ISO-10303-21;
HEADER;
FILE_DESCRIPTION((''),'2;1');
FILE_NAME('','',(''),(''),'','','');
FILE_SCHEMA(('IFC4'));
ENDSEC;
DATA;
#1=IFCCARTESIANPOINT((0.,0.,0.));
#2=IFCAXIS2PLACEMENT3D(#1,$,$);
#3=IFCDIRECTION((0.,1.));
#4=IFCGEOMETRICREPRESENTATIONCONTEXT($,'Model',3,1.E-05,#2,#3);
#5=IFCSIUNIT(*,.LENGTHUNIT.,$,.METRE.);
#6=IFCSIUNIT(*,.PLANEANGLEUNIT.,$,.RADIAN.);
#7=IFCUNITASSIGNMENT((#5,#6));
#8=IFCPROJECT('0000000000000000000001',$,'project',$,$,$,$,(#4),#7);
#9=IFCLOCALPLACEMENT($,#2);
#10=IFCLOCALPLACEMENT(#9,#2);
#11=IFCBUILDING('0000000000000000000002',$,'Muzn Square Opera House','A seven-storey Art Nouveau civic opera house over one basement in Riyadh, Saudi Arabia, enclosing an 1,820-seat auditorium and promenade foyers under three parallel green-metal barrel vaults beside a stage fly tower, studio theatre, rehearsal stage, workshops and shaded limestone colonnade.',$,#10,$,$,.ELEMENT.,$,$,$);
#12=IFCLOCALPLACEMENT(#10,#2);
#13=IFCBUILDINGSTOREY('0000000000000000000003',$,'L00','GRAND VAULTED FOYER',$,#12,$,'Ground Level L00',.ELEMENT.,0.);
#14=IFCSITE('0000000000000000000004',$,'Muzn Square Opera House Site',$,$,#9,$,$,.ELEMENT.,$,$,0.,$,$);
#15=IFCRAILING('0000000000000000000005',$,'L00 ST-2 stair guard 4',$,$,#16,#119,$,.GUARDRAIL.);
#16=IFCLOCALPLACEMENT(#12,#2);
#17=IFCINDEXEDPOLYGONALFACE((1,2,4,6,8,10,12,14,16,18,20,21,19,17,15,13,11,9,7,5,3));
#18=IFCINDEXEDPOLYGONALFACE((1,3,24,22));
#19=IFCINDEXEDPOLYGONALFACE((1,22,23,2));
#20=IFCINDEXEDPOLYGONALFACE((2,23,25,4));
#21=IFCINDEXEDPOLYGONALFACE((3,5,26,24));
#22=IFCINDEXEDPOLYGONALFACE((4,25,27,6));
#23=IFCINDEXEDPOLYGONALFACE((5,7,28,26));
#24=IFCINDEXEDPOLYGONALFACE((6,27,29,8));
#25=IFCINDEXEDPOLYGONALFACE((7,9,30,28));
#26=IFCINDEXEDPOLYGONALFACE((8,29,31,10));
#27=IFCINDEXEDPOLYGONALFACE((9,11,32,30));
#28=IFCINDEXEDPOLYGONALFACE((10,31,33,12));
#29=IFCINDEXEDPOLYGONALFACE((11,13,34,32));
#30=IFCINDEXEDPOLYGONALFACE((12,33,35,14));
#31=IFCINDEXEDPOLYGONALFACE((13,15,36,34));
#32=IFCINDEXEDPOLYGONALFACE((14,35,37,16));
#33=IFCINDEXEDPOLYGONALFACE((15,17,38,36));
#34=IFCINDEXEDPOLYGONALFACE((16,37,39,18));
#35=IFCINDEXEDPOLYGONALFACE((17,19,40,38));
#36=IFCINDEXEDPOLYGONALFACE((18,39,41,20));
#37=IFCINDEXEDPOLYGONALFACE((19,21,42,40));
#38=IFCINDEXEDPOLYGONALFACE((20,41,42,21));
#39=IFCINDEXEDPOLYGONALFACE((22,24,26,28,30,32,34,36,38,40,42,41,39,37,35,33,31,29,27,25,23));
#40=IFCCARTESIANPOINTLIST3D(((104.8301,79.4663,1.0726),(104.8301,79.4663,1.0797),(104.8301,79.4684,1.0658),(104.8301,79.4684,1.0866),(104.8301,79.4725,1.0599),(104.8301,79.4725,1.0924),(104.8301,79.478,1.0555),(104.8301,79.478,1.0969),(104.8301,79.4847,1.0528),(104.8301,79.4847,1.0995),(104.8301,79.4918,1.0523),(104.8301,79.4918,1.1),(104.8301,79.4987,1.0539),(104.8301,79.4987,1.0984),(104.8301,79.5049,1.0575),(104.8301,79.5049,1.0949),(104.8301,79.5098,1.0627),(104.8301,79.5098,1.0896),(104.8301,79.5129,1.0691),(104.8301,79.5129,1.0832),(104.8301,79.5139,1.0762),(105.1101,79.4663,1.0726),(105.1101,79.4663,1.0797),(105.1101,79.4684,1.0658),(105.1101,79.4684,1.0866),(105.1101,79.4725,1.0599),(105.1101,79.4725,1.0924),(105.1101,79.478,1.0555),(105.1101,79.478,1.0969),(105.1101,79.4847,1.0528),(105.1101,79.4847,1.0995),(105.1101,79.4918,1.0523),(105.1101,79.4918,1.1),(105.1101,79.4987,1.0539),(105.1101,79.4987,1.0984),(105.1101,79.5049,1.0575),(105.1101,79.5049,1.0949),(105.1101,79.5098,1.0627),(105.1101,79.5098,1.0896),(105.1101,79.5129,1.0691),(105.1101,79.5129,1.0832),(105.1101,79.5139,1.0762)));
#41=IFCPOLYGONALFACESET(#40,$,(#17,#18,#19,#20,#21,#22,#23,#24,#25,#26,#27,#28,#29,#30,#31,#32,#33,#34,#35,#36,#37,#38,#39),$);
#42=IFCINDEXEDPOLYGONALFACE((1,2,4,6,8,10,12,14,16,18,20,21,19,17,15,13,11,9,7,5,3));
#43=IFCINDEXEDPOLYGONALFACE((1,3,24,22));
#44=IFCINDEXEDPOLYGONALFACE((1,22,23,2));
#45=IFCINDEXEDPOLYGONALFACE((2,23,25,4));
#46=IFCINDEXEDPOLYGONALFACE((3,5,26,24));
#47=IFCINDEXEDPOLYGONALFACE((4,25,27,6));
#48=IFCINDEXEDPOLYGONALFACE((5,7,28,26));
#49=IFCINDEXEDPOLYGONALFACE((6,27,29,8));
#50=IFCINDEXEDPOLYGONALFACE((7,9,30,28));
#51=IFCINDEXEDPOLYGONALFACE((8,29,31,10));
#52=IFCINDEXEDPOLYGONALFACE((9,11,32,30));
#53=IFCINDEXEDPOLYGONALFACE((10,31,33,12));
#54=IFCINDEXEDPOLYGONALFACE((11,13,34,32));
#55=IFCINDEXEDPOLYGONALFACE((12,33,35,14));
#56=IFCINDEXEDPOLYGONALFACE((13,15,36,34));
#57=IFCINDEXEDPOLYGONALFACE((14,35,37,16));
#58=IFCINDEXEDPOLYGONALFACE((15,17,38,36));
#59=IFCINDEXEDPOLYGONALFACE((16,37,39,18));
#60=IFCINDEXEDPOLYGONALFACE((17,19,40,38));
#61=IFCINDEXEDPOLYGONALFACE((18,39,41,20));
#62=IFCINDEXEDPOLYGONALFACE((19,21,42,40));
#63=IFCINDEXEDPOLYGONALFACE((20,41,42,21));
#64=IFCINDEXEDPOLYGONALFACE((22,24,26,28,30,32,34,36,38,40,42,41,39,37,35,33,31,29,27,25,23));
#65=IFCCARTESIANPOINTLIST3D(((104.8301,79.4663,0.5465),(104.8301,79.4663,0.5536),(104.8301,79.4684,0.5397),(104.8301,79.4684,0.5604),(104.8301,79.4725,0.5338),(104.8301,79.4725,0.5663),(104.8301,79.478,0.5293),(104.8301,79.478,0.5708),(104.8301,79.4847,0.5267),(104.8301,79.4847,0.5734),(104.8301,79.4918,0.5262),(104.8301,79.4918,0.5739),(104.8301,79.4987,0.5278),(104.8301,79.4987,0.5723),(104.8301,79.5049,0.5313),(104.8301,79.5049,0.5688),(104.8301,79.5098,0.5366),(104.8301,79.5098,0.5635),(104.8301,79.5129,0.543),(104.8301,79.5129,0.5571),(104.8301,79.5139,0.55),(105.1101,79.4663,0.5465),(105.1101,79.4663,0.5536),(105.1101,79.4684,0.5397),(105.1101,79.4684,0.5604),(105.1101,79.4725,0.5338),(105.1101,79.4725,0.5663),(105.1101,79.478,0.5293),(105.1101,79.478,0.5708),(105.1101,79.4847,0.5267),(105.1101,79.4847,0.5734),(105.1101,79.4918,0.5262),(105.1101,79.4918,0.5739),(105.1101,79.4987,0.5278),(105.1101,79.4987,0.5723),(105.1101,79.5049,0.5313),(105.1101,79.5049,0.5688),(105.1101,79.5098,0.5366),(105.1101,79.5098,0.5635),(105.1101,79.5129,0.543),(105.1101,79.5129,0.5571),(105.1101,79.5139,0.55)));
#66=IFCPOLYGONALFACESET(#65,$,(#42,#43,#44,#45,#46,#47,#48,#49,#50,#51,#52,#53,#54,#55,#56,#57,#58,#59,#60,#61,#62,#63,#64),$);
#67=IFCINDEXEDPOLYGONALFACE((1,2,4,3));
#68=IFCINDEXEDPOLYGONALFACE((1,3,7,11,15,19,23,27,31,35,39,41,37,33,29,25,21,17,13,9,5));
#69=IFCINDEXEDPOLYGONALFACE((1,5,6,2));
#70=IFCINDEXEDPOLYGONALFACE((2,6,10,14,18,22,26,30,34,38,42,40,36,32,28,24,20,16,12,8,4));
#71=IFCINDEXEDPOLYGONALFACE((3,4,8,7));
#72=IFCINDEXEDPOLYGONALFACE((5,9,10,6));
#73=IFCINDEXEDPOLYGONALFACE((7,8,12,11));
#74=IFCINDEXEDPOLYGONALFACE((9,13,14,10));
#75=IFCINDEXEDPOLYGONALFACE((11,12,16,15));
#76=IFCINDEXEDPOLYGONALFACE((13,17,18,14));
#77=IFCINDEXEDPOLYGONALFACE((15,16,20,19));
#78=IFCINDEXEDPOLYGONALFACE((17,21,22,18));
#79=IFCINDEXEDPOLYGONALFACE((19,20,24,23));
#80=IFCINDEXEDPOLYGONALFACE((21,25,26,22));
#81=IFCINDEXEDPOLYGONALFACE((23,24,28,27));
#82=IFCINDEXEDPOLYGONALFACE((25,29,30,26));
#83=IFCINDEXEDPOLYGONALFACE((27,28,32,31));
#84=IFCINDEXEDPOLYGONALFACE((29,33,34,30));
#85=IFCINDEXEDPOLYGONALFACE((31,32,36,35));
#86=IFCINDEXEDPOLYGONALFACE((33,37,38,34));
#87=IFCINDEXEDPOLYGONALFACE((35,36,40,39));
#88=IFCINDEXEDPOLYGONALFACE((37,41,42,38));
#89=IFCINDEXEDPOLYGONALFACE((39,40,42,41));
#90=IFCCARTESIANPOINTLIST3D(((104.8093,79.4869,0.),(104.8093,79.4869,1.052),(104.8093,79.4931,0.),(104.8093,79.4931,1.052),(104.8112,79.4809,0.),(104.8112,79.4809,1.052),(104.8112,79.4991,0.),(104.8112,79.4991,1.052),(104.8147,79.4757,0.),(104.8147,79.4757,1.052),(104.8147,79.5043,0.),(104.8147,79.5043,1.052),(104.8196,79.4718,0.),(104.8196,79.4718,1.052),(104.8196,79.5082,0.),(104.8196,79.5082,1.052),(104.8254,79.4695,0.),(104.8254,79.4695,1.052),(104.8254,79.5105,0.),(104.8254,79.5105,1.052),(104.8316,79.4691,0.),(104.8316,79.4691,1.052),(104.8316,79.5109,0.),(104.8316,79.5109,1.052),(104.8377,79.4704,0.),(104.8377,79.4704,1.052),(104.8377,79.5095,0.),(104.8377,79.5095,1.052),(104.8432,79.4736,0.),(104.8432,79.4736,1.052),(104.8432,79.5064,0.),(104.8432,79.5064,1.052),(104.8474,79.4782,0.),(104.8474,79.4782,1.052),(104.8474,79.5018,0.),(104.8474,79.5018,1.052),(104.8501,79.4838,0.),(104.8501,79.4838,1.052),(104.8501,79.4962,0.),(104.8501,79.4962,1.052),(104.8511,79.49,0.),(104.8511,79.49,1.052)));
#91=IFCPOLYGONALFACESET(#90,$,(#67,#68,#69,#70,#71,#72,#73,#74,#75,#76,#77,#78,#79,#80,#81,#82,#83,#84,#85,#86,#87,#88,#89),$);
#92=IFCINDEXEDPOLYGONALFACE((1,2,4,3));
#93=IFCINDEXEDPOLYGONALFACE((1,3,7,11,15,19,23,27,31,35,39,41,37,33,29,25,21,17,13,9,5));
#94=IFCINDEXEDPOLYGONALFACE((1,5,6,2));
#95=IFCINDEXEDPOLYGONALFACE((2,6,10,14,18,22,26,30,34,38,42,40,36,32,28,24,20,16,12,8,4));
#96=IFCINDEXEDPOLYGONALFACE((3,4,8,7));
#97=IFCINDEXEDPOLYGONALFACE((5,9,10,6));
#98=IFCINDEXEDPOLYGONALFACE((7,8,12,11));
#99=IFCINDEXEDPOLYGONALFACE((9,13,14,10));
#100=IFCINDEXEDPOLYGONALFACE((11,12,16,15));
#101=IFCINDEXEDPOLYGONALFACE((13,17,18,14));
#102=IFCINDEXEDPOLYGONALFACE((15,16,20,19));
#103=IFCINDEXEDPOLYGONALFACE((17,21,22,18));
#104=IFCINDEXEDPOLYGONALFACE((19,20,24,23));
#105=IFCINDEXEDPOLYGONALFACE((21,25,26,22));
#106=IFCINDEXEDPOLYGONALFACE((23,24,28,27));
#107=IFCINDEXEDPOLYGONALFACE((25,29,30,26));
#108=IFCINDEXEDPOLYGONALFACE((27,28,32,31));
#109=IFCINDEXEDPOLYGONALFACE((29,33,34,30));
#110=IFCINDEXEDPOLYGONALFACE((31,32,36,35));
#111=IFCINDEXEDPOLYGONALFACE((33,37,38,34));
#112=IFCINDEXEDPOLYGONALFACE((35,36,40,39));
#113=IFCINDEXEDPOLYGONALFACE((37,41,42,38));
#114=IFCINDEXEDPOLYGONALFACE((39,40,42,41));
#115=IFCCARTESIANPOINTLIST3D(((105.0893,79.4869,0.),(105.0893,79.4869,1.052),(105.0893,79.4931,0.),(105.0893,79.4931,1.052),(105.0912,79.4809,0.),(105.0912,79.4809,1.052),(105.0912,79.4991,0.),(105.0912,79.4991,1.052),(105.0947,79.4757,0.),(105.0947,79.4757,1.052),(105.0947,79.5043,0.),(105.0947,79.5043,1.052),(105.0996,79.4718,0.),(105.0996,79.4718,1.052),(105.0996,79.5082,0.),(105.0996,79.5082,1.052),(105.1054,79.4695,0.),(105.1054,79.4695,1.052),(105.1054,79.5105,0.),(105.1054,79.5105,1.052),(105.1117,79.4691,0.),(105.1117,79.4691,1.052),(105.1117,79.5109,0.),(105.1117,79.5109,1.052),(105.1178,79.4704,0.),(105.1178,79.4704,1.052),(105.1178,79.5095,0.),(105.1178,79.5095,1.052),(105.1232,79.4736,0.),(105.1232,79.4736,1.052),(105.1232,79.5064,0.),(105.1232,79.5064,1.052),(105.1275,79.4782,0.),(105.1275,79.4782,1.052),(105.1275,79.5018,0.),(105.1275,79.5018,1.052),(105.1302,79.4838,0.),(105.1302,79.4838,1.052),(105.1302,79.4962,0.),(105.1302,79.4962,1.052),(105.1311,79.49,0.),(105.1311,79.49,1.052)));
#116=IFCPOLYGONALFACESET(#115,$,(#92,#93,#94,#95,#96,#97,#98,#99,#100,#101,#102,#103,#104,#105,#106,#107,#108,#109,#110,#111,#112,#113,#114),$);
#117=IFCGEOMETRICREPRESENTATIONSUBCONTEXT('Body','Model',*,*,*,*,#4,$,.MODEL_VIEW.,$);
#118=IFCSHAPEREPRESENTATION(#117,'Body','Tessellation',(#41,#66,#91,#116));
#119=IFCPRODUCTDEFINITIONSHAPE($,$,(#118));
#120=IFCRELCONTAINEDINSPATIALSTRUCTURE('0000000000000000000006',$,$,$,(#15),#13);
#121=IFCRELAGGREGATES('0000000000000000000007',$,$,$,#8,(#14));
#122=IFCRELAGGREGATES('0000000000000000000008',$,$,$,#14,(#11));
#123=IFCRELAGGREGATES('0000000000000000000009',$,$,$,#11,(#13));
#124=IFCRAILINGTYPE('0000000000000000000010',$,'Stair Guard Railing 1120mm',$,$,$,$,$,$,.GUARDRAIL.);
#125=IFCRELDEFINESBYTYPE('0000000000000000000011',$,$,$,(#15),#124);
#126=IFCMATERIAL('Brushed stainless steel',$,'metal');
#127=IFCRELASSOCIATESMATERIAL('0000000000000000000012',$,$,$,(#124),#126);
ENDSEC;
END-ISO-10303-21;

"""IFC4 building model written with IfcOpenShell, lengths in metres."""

from ifc_helpers import new_model, si_unit, direction, frame, origin, origin_2d, place, context, subcontext, project, spatial, circle, extrude, material, type_object, element, save


model = new_model("IFC4")

# Units and contexts
model_context = context("Model", 3, precision=1e-05, world=origin(), true_north=direction((0.0, 1.0)))
body_context = subcontext(model_context, "Body", "Model", "MODEL_VIEW")
ifc_project = project(units=[si_unit("LENGTHUNIT", "METRE"), si_unit("PLANEANGLEUNIT", "RADIAN")], contexts=[model_context])

# Site, building, storey
site_placement = place(None, origin())
site = spatial("IfcSite", under=ifc_project, at=site_placement, Name="Muzn Square Opera House Site", CompositionType="ELEMENT", RefElevation=0.0)
building_placement = place(site_placement, origin())
building = spatial("IfcBuilding", under=site, at=building_placement, Name="Muzn Square Opera House", Description="A seven-storey Art Nouveau civic opera house over one basement in Riyadh, Saudi Arabia, enclosing an 1,820-seat auditorium and promenade foyers under three parallel green-metal barrel vaults beside a stage fly tower, studio theatre, rehearsal stage, workshops and shaded limestone colonnade.", CompositionType="ELEMENT")
storey_placement = place(building_placement, origin())
storey = spatial("IfcBuildingStorey", under=building, at=storey_placement, Name="L00", Description="GRAND VAULTED FOYER", LongName="Ground Level L00", CompositionType="ELEMENT", Elevation=0.0)

# Shared definitions
ifc_material_1 = material(Name="Brushed stainless steel", Category="metal")

# Railing
railing_type_1 = type_object("IfcRailingType", Name="Stair Guard Railing 1120mm", PredefinedType="GUARDRAIL", material=ifc_material_1)
railing_1_placement = place(storey_placement, frame((104.8301, 79.49, 0.0)))
element("IfcRailing", 1, at=railing_1_placement, inside=storey, type_object=railing_type_1, Name="L00 ST-2 stair guard 4", PredefinedType="GUARDRAIL", context=body_context, shape_type="SweptSolid", body=[
    extrude(circle(Radius=0.0239, at=origin_2d()), frame((0.0, 0.0, 1.0762), z_axis=(1.0, 0.0, 0.0), x_axis=(0.0, 1.0, 0.0)), (0.0, 0.0, 1.0), 0.28),
    extrude(circle(Radius=0.0239, at=origin_2d()), frame((0.0, 0.0, 0.55), z_axis=(1.0, 0.0, 0.0), x_axis=(0.0, 1.0, 0.0)), (0.0, 0.0, 1.0), 0.28),
    extrude(circle(Radius=0.021, at=origin_2d()), origin(), (0.0, 0.0, 1.0), 1.052),
    extrude(circle(Radius=0.021, at=origin_2d()), frame((0.28, 0.0, 0.0)), (0.0, 0.0, 1.0), 1.052),
])

save(model, "model.ifc")
